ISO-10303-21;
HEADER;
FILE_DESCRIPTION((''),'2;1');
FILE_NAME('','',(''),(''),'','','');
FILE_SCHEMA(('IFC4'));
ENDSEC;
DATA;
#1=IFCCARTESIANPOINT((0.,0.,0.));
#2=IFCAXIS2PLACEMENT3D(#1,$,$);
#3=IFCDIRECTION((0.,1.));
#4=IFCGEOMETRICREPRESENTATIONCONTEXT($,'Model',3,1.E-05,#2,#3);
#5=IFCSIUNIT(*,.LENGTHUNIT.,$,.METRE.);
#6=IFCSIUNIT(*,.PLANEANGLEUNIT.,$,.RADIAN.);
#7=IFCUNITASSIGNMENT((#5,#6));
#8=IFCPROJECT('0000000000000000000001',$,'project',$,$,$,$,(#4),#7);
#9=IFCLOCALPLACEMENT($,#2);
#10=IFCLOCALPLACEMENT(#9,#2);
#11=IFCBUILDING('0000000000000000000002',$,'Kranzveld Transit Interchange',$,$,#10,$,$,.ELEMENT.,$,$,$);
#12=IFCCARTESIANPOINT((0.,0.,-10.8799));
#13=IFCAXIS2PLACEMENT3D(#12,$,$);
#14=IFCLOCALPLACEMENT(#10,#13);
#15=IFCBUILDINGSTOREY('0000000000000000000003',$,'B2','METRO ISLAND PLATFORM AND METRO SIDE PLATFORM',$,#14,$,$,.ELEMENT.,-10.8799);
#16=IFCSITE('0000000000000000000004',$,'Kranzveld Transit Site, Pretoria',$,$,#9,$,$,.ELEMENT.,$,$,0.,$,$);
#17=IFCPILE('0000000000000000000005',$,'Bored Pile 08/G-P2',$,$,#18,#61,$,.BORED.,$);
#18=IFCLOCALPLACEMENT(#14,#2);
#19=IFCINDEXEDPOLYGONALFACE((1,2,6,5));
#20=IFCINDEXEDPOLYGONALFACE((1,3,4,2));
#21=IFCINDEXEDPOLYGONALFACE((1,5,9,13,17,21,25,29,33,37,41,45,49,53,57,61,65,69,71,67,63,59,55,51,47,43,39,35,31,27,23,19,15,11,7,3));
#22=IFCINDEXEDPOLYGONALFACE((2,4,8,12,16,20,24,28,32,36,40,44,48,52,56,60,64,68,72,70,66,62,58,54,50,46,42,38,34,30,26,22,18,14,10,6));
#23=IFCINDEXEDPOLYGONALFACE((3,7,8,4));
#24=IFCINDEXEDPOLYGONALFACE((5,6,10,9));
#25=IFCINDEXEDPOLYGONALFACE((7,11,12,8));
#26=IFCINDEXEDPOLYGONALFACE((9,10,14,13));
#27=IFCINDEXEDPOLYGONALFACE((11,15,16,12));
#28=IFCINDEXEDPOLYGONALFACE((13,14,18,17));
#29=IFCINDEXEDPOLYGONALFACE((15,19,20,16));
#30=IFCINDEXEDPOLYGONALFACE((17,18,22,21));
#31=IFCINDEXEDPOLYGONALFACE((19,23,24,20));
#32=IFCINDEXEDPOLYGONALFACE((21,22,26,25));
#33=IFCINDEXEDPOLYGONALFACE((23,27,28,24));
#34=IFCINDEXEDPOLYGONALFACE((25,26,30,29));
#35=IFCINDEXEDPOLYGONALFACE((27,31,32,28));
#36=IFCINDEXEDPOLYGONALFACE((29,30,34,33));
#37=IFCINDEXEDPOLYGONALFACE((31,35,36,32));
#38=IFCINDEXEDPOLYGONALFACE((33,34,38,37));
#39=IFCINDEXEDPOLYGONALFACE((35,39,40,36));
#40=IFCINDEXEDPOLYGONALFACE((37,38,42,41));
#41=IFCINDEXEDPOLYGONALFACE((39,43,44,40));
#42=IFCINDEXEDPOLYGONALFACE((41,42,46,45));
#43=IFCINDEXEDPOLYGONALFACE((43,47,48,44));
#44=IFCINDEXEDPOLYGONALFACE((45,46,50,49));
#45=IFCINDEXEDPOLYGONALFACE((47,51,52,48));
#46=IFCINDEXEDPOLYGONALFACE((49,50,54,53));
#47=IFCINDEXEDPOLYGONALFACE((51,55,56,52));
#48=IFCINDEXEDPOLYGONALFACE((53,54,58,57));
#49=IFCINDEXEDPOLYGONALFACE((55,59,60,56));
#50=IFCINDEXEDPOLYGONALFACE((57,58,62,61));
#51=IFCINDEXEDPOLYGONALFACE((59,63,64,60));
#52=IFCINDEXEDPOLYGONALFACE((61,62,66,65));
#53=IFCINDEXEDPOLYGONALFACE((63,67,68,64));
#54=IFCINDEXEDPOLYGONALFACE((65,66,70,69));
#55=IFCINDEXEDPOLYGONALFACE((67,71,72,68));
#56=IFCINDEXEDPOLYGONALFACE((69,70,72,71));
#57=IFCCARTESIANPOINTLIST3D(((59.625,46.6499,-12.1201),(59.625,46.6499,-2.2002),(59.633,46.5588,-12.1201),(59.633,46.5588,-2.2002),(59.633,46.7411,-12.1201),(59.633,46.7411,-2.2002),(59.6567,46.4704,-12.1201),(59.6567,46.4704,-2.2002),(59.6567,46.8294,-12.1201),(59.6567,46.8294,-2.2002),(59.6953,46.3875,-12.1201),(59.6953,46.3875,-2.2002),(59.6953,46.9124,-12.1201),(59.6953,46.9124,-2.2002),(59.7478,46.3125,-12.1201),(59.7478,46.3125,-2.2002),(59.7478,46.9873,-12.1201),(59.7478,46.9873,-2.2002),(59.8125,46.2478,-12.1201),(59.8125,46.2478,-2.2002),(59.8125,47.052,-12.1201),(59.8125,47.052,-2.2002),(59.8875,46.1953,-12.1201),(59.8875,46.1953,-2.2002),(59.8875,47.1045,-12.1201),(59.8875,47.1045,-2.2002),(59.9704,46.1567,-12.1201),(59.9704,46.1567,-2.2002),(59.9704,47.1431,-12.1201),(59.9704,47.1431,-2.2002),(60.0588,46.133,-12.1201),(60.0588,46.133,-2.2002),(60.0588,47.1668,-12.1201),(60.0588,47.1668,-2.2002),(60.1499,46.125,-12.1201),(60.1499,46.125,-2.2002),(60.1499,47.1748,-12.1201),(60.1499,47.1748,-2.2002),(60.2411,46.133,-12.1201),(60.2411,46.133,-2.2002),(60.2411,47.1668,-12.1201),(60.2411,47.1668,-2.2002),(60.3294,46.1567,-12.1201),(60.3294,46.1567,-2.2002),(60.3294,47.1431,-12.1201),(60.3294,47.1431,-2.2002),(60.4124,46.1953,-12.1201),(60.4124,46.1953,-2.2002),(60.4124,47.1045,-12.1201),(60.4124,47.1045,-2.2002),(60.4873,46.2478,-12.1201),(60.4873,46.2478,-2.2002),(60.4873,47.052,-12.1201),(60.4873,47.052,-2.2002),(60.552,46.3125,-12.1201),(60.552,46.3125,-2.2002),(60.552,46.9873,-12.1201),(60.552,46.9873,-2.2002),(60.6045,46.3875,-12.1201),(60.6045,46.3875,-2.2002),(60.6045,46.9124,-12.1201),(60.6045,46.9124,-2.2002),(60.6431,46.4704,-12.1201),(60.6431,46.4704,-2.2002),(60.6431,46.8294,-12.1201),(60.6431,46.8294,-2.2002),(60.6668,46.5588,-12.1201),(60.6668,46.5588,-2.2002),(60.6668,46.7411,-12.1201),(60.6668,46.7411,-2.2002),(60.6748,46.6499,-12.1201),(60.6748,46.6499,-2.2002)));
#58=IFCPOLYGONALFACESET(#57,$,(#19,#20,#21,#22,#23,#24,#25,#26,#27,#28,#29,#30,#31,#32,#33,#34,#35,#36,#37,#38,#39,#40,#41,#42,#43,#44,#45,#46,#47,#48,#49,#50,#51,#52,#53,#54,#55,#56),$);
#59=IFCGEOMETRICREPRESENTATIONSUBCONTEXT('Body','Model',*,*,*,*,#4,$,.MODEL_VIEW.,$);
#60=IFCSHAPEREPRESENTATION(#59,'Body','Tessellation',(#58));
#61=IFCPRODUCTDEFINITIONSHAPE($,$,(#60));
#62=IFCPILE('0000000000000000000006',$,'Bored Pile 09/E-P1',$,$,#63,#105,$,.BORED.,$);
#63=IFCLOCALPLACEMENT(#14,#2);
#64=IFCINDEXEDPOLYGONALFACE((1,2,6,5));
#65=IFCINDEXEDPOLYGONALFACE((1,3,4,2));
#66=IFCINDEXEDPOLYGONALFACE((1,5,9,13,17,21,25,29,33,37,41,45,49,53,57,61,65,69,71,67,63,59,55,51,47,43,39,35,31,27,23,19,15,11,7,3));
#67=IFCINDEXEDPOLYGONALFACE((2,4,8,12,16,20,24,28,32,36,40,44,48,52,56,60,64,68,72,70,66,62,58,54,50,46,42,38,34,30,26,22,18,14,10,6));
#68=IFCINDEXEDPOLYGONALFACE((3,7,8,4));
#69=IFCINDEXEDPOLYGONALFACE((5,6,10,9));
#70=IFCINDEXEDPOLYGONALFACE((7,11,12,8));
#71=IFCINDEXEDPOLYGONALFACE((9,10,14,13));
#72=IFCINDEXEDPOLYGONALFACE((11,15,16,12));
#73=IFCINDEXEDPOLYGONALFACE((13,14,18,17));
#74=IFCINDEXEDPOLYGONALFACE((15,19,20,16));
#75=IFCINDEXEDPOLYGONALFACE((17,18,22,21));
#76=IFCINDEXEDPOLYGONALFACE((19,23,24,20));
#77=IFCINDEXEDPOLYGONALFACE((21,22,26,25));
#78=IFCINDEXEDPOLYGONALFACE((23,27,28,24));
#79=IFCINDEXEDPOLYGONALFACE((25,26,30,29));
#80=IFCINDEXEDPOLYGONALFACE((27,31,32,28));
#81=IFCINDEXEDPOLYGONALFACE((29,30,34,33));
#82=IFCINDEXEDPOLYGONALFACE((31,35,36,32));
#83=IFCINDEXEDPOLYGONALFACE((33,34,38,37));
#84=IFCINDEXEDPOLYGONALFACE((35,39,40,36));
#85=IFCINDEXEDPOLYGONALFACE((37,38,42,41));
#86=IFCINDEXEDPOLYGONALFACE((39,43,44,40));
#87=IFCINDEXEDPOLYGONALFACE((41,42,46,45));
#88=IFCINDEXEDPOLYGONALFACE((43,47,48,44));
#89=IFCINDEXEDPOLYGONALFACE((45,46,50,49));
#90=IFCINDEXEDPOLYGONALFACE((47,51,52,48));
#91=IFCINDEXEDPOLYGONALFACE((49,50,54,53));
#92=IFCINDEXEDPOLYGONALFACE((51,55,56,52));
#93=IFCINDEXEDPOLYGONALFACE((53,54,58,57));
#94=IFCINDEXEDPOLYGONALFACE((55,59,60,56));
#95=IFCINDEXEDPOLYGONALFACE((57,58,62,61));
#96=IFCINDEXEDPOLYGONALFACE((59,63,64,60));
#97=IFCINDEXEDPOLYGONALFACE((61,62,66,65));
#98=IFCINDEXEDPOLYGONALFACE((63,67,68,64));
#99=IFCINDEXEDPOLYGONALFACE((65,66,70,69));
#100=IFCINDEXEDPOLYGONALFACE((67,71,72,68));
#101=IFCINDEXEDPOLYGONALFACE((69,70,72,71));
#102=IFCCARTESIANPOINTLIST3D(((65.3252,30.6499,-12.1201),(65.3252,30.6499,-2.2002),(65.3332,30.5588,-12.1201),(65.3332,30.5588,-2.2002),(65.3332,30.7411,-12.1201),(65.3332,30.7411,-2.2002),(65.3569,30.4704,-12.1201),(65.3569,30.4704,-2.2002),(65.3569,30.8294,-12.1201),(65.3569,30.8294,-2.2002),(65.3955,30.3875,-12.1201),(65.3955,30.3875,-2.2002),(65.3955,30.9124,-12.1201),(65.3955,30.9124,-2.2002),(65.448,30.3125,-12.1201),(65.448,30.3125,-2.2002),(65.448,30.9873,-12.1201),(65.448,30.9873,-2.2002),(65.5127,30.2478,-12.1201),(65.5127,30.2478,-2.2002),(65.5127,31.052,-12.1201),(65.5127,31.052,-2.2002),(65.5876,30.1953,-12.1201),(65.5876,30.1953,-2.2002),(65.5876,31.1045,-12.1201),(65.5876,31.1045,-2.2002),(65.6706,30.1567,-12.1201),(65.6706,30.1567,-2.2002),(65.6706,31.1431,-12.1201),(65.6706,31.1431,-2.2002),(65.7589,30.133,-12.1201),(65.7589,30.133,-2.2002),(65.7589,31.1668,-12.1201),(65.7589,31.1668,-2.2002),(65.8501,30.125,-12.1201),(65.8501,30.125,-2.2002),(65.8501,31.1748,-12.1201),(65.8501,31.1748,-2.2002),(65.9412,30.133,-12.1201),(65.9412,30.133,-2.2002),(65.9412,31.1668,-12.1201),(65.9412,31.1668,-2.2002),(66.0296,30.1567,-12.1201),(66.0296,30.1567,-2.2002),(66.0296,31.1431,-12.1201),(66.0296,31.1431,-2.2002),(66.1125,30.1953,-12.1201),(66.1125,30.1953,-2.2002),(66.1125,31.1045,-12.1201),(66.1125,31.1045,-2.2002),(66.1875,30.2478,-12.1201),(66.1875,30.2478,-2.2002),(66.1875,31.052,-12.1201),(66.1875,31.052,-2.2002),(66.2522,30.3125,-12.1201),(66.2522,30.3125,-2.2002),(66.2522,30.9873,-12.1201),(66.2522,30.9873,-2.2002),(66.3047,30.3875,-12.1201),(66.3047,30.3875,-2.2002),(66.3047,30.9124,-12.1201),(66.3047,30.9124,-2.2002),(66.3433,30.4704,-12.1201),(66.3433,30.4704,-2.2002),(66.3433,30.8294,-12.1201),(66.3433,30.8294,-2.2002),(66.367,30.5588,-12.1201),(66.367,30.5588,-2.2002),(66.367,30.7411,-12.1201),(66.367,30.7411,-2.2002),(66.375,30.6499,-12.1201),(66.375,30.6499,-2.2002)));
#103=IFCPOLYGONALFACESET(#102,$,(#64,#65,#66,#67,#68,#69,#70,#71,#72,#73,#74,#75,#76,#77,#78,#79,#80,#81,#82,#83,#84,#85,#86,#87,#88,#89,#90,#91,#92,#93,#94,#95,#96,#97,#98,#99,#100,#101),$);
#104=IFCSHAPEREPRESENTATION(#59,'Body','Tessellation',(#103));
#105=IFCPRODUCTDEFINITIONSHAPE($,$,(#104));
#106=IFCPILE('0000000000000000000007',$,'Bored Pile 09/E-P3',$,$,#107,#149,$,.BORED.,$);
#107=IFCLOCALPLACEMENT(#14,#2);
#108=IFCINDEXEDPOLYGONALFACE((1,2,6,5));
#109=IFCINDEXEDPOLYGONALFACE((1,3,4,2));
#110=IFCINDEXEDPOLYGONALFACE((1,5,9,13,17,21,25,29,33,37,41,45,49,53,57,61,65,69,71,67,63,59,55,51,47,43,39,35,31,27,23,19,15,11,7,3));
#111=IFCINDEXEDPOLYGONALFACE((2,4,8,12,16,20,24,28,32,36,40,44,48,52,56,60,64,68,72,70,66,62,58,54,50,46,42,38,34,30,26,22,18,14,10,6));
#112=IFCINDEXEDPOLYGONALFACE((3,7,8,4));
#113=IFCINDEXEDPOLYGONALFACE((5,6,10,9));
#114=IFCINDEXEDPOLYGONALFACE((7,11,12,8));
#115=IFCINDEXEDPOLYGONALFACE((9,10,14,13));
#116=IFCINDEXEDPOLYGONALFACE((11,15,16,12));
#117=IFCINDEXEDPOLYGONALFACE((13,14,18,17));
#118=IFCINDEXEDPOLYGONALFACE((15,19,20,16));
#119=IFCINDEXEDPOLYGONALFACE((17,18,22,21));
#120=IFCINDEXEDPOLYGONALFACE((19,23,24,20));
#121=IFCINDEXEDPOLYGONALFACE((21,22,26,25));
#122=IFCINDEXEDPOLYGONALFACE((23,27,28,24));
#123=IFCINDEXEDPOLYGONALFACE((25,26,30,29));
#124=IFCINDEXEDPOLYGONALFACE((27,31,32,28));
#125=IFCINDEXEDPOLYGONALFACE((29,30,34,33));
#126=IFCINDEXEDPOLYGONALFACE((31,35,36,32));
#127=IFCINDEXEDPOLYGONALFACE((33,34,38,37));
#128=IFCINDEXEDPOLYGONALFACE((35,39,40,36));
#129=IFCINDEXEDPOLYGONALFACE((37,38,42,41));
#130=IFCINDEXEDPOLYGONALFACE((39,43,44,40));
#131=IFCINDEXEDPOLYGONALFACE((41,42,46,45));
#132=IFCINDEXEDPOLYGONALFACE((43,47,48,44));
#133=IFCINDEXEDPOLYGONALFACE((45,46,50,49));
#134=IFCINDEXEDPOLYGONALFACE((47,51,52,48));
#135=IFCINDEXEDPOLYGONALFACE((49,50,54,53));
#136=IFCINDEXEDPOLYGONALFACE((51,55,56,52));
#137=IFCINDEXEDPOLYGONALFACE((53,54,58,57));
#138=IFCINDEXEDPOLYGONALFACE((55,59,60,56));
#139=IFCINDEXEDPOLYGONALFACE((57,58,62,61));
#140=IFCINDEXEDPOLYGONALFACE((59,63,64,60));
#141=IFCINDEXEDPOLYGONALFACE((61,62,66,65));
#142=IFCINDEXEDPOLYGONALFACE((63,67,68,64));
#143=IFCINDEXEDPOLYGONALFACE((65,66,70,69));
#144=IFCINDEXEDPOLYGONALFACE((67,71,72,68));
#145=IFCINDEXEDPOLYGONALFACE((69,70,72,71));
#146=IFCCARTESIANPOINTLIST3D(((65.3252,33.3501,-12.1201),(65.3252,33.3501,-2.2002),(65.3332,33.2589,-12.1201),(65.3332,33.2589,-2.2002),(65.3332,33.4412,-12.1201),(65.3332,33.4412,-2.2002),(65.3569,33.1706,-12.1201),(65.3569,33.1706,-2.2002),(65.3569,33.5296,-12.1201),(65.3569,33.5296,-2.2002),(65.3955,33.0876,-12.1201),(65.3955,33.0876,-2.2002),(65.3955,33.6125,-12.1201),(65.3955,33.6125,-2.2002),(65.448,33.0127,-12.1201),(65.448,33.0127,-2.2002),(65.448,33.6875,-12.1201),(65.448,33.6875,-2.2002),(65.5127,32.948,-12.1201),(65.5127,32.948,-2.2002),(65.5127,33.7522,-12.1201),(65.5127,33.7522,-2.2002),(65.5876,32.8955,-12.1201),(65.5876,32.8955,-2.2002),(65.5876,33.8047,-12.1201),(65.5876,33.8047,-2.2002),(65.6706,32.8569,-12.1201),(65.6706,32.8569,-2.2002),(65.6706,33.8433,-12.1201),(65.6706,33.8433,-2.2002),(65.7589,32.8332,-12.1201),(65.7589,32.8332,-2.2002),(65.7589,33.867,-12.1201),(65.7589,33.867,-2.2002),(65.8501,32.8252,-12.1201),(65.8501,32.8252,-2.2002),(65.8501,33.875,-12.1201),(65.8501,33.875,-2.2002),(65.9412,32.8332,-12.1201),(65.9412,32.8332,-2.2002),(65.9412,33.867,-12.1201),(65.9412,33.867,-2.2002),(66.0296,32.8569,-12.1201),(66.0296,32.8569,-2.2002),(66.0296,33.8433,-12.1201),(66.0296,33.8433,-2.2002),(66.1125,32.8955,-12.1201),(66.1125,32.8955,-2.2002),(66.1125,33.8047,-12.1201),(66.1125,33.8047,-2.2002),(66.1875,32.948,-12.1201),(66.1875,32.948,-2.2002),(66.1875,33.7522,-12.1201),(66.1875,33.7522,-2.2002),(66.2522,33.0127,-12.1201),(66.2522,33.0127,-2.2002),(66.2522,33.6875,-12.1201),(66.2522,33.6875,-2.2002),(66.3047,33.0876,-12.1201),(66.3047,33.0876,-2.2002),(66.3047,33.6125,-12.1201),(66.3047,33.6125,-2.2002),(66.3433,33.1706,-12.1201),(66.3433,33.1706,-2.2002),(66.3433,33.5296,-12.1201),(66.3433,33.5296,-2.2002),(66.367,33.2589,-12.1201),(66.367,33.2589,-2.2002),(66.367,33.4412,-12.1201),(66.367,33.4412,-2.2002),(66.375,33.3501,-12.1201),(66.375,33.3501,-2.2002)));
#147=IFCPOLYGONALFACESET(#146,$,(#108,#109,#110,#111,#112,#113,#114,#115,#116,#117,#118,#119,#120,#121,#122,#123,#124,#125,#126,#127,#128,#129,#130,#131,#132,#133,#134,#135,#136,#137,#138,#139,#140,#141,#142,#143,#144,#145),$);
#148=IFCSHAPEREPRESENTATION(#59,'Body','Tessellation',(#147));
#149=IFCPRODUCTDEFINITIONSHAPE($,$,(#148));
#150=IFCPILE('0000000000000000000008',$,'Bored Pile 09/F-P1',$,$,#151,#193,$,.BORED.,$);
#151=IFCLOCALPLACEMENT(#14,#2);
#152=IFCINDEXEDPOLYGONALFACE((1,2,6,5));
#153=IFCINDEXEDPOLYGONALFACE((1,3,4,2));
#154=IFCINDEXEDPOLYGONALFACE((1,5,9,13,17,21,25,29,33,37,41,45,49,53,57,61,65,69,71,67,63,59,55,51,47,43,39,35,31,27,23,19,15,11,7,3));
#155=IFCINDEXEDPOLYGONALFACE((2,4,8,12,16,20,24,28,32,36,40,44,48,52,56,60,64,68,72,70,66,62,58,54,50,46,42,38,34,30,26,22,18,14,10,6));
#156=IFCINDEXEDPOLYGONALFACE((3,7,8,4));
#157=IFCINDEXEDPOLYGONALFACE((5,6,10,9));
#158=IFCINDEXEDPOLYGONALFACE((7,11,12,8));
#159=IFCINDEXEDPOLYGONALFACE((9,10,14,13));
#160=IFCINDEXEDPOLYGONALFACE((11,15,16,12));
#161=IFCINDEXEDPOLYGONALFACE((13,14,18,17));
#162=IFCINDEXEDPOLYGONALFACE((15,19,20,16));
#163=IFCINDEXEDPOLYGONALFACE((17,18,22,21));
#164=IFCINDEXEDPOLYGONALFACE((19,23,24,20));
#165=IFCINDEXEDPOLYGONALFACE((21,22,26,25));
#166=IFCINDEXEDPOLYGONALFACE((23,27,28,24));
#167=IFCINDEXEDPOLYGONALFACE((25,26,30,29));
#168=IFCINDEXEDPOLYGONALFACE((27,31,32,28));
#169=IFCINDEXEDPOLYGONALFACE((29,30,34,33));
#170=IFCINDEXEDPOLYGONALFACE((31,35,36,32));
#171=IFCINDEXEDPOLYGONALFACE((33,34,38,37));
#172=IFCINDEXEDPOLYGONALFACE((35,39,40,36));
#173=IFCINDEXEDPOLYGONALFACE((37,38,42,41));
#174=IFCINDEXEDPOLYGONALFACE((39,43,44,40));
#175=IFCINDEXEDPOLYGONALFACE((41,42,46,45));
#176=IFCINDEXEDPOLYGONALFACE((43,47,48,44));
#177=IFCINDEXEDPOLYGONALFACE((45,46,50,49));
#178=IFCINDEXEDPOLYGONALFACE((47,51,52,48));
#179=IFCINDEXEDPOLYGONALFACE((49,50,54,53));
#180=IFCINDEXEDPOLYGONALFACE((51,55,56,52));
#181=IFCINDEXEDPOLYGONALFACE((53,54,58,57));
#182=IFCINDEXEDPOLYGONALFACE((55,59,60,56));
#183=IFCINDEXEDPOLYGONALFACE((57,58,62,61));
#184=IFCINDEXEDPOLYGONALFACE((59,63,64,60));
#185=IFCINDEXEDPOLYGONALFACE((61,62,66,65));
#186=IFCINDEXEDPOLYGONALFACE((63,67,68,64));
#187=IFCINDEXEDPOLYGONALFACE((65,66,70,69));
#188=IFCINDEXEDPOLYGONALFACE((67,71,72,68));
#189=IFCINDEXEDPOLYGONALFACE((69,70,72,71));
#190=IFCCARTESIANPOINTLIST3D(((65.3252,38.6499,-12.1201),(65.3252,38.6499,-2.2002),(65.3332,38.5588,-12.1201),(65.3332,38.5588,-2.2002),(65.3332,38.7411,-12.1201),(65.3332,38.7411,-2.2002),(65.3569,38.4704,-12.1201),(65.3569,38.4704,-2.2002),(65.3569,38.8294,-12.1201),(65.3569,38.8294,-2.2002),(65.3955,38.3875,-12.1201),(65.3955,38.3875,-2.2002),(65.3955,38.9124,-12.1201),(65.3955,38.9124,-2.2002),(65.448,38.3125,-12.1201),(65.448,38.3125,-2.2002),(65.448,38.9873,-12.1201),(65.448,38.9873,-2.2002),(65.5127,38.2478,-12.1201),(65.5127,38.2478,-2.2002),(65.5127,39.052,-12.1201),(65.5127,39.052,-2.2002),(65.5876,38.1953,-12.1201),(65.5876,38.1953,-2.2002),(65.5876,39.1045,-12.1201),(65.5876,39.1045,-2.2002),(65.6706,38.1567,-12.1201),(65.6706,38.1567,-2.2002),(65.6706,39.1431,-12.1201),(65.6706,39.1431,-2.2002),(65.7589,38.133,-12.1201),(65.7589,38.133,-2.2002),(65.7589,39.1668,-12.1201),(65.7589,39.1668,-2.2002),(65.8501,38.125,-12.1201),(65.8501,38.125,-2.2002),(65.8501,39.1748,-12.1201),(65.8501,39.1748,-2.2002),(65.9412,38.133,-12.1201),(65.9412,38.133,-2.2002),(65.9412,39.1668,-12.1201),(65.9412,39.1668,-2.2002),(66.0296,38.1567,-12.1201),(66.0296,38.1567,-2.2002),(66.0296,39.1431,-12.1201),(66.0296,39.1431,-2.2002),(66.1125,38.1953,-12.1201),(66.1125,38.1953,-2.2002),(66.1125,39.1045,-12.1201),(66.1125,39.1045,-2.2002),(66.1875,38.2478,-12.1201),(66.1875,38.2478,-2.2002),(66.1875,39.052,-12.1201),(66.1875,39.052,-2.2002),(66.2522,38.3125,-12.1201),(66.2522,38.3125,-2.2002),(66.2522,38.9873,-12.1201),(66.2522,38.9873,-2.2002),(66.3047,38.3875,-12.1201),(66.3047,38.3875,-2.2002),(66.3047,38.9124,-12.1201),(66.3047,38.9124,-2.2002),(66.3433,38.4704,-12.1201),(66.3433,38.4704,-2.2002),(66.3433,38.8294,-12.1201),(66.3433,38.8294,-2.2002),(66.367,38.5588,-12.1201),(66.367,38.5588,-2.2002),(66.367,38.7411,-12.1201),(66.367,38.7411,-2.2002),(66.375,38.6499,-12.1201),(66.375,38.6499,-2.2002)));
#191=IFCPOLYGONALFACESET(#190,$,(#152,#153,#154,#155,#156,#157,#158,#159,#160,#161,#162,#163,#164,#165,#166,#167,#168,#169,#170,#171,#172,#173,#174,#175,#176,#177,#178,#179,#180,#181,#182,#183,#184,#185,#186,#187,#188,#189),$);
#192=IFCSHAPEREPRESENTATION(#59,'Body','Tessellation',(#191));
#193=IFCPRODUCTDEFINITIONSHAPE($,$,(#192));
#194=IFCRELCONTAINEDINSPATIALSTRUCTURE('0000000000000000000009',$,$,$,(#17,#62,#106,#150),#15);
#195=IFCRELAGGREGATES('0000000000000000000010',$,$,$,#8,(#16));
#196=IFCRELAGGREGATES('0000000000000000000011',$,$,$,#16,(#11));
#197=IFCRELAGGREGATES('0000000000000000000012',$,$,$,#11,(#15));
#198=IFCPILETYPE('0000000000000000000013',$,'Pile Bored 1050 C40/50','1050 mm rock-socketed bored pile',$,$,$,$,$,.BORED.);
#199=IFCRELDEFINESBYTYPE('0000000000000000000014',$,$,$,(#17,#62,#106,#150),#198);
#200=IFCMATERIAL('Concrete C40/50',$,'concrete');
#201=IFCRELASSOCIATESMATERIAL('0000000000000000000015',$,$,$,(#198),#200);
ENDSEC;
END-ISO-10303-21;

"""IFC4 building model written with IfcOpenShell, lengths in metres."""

from ifc_helpers import new_model, si_unit, direction, frame, origin, origin_2d, place, context, subcontext, project, spatial, circle, extrude, material, material_profile, profile_set, type_object, element, save


model = new_model("IFC4")

# Units and contexts
model_context = context("Model", 3, precision=1e-05, world=origin(), true_north=direction((0.0, 1.0)))
body_context = subcontext(model_context, "Body", "Model", "MODEL_VIEW")
ifc_project = project(units=[si_unit("LENGTHUNIT", "METRE"), si_unit("PLANEANGLEUNIT", "RADIAN")], contexts=[model_context])

# Site, building, storey
site_placement = place(None, origin())
site = spatial("IfcSite", under=ifc_project, at=site_placement, Name="Kranzveld Transit Site, Pretoria", CompositionType="ELEMENT", RefElevation=0.0)
building_placement = place(site_placement, origin())
building = spatial("IfcBuilding", under=site, at=building_placement, Name="Kranzveld Transit Interchange", CompositionType="ELEMENT")
storey_placement = place(building_placement, frame((0.0, 0.0, -10.8799)))
storey = spatial("IfcBuildingStorey", under=building, at=storey_placement, Name="B2", Description="METRO ISLAND PLATFORM AND METRO SIDE PLATFORM", CompositionType="ELEMENT", Elevation=-10.8799)

# Piles
ifc_material_1 = material(Name="Concrete C40/50", Category="concrete")
ifc_material_profile_1 = material_profile(ifc_material_1, circle(Radius=0.5249, at=origin_2d()), Name="BORED PILE 1050")
ifc_profile_set_1 = profile_set([ifc_material_profile_1], Name="Concrete C40/50")
pile_type = type_object("IfcPileType", Name="Pile Bored 1050 C40/50", Description="1050 mm rock-socketed bored pile", PredefinedType="BORED", material=ifc_profile_set_1)
for number, where, z_axis, x_axis, name in (
    (1, (60.1499, 46.6499, -2.2002), (0.0, 0.0, -1.0), (1.0, 0.0, 0.0), "Bored Pile 08/G-P2"),
    (2, (65.8501, 30.6499, -2.2002), (0.0, 0.0, -1.0), (1.0, 0.0, 0.0), "Bored Pile 09/E-P1"),
    (3, (65.8501, 33.3501, -2.2002), (0.0, 0.0, -1.0), (1.0, 0.0, 0.0), "Bored Pile 09/E-P3"),
    (4, (65.8501, 38.6499, -2.2002), (0.0, 0.0, -1.0), (1.0, 0.0, 0.0), "Bored Pile 09/F-P1"),
):
    element("IfcPile", number, at=place(storey_placement, frame(where, z_axis=z_axis, x_axis=x_axis)), inside=storey, type_object=pile_type, Name=name, PredefinedType="BORED", context=body_context, shape_type="SweptSolid", body=[
        extrude(circle(Radius=0.5249, at=origin_2d()), origin(), (0.0, 0.0, 1.0), 9.9199),
    ])

save(model, "model.ifc")
